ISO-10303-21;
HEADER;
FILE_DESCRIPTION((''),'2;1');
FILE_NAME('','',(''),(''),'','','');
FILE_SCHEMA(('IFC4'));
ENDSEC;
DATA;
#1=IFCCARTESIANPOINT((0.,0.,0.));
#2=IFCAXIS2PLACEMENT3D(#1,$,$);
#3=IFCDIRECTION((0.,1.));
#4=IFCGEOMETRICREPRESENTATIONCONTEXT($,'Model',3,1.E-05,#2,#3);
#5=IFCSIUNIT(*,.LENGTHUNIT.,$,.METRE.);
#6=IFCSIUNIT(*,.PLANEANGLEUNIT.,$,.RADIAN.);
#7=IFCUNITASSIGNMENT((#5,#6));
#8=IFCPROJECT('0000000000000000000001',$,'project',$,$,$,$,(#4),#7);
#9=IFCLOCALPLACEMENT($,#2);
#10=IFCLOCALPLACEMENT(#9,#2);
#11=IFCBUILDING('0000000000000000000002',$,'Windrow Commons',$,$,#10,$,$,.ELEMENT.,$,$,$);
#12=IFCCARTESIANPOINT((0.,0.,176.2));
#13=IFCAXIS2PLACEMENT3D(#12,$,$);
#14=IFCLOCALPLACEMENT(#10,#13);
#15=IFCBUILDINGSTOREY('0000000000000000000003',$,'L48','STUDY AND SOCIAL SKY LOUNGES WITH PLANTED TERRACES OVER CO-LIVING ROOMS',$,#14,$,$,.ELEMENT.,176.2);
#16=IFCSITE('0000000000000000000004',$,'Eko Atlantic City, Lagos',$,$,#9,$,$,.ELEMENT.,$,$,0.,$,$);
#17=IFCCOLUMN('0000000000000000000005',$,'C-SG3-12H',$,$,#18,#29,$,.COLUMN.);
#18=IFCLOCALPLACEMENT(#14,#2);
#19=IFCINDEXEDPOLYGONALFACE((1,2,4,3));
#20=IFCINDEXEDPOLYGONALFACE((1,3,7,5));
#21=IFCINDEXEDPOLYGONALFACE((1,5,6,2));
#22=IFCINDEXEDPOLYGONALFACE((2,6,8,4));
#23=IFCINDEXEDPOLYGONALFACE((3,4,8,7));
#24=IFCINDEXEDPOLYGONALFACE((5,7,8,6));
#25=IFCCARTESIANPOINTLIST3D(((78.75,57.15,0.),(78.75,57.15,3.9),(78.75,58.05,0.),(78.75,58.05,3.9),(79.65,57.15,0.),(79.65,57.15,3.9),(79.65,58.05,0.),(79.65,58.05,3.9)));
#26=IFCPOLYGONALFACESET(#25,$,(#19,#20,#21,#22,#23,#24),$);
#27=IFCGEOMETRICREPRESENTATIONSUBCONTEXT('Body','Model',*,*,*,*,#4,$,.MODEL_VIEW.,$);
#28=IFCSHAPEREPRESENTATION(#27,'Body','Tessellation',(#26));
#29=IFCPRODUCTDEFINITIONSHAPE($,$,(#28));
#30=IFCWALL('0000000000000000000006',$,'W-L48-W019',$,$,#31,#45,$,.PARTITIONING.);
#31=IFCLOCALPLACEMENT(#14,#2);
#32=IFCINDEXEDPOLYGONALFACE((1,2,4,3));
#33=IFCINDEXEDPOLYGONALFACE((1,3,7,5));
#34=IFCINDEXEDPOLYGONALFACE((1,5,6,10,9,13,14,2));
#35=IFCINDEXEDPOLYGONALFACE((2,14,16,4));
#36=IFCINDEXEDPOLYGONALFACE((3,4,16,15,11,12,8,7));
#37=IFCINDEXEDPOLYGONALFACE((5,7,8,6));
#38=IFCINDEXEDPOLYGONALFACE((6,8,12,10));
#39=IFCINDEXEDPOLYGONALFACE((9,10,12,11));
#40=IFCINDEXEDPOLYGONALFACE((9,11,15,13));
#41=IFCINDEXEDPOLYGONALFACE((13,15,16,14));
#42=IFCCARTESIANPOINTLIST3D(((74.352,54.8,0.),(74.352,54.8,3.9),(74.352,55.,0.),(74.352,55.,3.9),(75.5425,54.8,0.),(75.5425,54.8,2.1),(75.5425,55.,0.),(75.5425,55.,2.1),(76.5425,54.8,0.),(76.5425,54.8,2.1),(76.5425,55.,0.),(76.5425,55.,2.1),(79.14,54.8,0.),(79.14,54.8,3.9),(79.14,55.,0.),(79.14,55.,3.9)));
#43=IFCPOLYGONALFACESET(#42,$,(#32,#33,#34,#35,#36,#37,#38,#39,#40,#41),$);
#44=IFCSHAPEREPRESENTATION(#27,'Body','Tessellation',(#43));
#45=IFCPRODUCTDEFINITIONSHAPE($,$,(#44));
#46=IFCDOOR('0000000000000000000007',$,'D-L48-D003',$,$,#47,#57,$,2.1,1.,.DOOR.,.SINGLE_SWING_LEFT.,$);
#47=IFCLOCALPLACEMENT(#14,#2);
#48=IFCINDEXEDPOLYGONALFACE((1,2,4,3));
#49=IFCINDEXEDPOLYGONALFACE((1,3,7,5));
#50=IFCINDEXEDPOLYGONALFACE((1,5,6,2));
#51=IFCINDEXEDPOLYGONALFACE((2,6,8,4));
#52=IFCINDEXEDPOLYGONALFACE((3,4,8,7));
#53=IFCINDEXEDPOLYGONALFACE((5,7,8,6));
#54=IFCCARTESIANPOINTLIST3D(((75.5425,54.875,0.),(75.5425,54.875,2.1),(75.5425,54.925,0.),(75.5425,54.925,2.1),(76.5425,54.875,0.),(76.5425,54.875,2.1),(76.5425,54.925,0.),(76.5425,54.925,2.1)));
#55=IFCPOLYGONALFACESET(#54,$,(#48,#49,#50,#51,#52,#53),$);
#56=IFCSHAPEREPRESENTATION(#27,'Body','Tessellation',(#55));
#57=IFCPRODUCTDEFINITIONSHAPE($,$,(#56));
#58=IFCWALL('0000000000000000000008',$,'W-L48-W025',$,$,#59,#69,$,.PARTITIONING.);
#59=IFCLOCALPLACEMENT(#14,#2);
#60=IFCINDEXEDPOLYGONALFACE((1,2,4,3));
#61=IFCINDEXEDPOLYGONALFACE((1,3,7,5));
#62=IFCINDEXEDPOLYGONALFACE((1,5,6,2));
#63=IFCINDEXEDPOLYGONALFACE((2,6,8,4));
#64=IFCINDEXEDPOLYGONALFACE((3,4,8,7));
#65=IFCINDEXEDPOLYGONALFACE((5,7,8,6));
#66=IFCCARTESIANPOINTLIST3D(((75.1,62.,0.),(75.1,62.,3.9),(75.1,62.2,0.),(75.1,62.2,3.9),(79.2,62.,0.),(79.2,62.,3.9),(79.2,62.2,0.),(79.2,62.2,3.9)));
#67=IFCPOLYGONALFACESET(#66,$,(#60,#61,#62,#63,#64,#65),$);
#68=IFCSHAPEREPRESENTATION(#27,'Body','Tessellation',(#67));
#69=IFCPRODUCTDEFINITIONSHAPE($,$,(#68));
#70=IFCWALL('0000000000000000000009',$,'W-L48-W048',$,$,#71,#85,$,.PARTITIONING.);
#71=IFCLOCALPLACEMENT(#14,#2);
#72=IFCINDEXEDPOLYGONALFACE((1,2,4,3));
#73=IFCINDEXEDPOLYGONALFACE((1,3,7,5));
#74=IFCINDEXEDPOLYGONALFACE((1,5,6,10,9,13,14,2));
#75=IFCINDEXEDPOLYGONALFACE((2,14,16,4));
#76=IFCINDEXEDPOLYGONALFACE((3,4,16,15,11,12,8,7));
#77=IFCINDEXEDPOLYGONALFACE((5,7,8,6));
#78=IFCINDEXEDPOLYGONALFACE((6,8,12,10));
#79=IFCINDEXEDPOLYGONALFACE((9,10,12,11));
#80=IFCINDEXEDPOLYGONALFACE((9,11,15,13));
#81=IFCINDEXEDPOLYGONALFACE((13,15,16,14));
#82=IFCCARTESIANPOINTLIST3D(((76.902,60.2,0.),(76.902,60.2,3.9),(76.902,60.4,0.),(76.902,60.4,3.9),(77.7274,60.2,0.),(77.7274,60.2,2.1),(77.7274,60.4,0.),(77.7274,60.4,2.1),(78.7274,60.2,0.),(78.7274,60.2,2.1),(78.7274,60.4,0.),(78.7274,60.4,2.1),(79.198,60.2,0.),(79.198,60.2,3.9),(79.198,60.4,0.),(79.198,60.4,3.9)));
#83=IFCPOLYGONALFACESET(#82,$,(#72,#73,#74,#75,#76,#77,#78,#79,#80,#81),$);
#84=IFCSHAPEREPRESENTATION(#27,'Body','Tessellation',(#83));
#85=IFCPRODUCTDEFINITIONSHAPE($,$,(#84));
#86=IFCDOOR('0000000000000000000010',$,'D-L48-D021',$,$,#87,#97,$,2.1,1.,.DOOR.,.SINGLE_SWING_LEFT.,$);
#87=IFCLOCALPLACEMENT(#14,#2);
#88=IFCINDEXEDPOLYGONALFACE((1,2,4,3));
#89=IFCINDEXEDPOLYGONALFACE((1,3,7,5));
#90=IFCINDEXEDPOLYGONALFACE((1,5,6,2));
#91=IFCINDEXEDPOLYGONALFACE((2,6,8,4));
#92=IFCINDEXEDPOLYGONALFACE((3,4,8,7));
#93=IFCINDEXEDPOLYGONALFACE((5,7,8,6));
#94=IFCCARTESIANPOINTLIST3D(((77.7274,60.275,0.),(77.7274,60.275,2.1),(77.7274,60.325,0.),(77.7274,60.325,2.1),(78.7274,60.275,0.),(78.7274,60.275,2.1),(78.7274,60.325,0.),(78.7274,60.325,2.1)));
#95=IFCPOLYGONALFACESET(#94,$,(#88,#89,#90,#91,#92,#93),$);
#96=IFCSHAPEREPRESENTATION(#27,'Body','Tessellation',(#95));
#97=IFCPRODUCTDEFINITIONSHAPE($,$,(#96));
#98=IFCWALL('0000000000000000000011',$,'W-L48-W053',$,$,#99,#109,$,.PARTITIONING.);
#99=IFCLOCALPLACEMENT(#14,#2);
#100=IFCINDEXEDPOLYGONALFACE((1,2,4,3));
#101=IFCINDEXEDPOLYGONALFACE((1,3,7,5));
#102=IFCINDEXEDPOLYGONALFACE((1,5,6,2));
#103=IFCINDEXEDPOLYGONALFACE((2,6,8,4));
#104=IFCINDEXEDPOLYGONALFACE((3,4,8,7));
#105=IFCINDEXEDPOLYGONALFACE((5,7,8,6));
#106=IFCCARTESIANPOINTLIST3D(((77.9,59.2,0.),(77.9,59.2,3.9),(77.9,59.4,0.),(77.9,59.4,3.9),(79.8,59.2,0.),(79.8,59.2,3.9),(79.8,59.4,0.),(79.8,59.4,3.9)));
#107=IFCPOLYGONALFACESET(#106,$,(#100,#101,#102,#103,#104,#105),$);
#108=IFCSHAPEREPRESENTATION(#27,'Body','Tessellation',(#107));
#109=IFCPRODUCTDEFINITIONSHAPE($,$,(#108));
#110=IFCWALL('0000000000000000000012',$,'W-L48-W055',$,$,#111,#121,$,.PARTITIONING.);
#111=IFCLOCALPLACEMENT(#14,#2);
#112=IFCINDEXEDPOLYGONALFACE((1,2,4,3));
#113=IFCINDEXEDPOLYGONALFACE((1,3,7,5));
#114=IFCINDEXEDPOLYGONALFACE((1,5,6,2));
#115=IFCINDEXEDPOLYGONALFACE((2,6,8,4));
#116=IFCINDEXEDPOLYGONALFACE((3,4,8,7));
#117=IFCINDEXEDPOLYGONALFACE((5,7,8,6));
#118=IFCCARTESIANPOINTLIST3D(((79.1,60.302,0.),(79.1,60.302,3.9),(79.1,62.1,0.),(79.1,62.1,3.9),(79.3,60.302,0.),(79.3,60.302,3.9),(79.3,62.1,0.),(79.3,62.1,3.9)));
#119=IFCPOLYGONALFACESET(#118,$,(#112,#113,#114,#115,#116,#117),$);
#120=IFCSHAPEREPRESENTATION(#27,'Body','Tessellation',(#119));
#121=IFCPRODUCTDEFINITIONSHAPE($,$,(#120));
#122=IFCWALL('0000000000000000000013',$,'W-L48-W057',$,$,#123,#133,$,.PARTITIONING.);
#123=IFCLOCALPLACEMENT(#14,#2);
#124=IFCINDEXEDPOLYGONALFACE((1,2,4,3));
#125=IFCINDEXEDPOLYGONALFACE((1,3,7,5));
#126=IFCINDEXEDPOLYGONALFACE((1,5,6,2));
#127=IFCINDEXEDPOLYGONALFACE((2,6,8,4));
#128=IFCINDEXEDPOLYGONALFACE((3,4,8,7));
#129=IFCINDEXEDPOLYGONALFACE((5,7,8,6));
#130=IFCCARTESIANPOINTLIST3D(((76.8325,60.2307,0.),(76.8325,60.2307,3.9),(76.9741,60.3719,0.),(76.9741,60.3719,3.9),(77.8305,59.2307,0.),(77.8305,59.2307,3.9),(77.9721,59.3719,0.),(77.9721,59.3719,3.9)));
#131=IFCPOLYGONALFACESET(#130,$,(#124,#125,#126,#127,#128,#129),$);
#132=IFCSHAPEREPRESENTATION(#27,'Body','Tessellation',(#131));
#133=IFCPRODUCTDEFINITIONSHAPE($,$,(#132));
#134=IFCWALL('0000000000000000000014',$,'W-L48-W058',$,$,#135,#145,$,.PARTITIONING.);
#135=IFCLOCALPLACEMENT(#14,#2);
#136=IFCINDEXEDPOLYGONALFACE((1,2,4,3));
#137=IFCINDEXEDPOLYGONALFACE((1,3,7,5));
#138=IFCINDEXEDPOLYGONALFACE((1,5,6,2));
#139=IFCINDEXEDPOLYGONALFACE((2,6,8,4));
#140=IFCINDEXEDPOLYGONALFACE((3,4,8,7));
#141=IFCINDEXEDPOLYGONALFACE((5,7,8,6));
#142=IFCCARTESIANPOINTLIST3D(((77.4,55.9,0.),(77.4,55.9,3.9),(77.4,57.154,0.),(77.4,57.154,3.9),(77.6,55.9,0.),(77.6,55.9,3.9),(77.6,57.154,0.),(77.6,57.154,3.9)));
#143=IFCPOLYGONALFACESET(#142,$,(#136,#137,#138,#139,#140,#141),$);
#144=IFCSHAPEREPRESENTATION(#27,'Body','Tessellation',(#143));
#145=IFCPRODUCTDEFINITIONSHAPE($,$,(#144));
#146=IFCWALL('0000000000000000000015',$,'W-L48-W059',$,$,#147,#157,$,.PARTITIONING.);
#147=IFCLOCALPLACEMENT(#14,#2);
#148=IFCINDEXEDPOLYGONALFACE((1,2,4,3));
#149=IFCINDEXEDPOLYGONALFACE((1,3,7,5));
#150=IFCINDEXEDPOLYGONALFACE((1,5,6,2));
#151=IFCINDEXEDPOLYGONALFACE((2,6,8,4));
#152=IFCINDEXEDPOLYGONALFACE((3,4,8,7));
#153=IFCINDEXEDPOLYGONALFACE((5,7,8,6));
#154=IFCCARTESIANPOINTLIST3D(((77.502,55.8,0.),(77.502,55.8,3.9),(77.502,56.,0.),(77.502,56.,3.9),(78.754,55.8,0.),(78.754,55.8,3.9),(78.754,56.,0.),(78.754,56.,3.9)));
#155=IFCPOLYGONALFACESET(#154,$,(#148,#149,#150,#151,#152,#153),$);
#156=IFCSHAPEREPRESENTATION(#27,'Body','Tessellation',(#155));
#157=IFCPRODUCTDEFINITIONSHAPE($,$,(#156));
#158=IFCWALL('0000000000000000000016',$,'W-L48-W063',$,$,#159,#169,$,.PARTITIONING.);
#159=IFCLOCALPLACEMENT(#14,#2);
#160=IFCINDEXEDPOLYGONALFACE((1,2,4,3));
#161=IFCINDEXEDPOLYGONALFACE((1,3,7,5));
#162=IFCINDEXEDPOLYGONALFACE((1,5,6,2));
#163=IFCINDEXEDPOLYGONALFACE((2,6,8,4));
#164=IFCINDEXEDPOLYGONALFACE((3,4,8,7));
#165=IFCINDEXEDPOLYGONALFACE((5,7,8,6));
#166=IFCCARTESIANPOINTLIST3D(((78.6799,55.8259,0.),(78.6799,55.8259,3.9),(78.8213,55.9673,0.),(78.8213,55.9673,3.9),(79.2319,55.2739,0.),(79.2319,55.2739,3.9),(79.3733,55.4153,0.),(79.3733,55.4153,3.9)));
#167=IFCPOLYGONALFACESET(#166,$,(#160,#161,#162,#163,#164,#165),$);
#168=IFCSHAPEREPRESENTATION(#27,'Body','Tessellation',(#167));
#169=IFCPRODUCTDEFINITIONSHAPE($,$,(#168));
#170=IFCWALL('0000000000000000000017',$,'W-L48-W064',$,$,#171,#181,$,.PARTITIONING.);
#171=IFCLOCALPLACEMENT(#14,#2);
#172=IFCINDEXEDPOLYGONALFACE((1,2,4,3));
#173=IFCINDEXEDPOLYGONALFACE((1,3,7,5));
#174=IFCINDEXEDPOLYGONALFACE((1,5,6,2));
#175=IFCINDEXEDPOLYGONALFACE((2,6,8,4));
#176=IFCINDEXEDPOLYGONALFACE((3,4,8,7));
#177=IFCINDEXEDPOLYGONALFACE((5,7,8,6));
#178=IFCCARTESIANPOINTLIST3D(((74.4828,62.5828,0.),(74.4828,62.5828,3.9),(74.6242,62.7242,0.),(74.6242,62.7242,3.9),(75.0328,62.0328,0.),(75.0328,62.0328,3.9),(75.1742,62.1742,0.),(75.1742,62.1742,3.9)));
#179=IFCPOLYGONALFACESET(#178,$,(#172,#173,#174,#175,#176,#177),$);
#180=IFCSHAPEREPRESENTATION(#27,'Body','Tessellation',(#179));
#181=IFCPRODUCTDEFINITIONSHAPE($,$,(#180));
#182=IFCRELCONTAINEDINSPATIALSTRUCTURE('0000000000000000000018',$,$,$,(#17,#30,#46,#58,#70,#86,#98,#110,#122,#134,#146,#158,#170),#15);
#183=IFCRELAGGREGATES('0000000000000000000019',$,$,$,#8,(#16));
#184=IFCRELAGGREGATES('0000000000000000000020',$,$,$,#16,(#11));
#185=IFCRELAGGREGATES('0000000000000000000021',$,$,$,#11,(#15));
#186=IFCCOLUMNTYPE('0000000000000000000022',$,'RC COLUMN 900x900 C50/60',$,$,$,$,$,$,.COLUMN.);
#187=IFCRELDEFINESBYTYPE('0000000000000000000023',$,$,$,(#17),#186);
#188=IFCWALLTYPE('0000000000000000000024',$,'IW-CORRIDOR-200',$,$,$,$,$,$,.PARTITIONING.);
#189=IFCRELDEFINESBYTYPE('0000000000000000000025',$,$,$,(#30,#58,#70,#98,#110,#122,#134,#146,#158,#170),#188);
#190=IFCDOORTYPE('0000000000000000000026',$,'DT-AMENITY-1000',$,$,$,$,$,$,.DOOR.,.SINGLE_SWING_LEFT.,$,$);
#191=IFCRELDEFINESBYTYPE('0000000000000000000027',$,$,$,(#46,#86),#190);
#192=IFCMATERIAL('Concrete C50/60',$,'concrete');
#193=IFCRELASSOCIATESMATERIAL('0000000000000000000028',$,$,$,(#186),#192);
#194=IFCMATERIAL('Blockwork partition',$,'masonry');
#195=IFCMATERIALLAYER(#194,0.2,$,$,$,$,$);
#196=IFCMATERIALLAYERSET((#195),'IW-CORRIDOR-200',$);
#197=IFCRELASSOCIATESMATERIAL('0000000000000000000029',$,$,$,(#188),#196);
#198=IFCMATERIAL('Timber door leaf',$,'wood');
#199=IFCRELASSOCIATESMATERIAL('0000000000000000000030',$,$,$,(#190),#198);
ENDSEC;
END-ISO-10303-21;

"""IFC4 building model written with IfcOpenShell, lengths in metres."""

from ifc_helpers import new_model, si_unit, direction, frame, frame_2d, origin, origin_2d, place, context, subcontext, project, spatial, rectangle, extrude, material, layer, layer_set, material_profile, profile_set, type_object, element, fill, save


model = new_model("IFC4")

# Units and contexts
model_context = context("Model", 3, precision=1e-05, world=origin(), true_north=direction((0.0, 1.0)))
body_context = subcontext(model_context, "Body", "Model", "MODEL_VIEW")
ifc_project = project(units=[si_unit("LENGTHUNIT", "METRE"), si_unit("PLANEANGLEUNIT", "RADIAN")], contexts=[model_context])

# Site, building, storey
site_placement = place(None, origin())
site = spatial("IfcSite", under=ifc_project, at=site_placement, Name="Eko Atlantic City, Lagos", CompositionType="ELEMENT", RefElevation=0.0)
building_placement = place(site_placement, origin())
building = spatial("IfcBuilding", under=site, at=building_placement, Name="Windrow Commons", CompositionType="ELEMENT")
storey_placement = place(building_placement, frame((0.0, 0.0, 176.2)))
storey = spatial("IfcBuildingStorey", under=building, at=storey_placement, Name="L48", Description="STUDY AND SOCIAL SKY LOUNGES WITH PLANTED TERRACES OVER CO-LIVING ROOMS", CompositionType="ELEMENT", Elevation=176.2)

# Column
ifc_material_1 = material(Name="Concrete C50/60", Category="concrete")
ifc_material_profile = material_profile(ifc_material_1, rectangle(XDim=0.9, YDim=0.9, at=origin_2d()))
ifc_profile_set = profile_set([ifc_material_profile], Name="Concrete C50/60")
column_type = type_object("IfcColumnType", Name="RC COLUMN 900x900 C50/60", PredefinedType="COLUMN", material=ifc_profile_set)
column_placement = place(storey_placement, frame((79.2, 57.6, 0.0), z_axis=(0.0, 0.0, 1.0), x_axis=(1.0, 0.0, 0.0)))
element("IfcColumn", 1, at=column_placement, inside=storey, type_object=column_type, Name="C-SG3-12H", PredefinedType="COLUMN", context=body_context, shape_type="SweptSolid", body=[
    extrude(rectangle(XDim=0.9, YDim=0.9, at=origin_2d()), origin(), (0.0, 0.0, 1.0), 3.9),
])

# Wall, opening, door
ifc_material_2 = material(Name="Blockwork partition", Category="masonry")
ifc_layer_1 = layer(ifc_material_2, 0.2)
ifc_layer_set_1 = layer_set([ifc_layer_1], Name="IW-CORRIDOR-200")
wall_type_1 = type_object("IfcWallType", Name="IW-CORRIDOR-200", PredefinedType="PARTITIONING", material=ifc_layer_set_1)
wall_1_placement = place(storey_placement, frame((74.352, 54.9, 0.0), z_axis=(0.0, 0.0, 1.0), x_axis=(1.0, 0.0, 0.0)))
wall_1 = element("IfcWall", 2, at=wall_1_placement, inside=storey, type_object=wall_type_1, Name="W-L48-W019", PredefinedType="PARTITIONING", context=body_context, shape_type="SweptSolid", body=[
    extrude(rectangle(XDim=4.788, YDim=0.2, at=frame_2d((2.394, 0.0))), origin(), (0.0, 0.0, 1.0), 3.9),
])
opening_1_placement = place(wall_1_placement, frame((1.1905, 0.0, 0.0)))
opening_1 = element("IfcOpeningElement", 3, at=opening_1_placement, cuts=wall_1, PredefinedType="OPENING", context=body_context, shape_type="SweptSolid", body=[
    extrude(rectangle(XDim=1.0, YDim=2.1, at=frame_2d((0.5, 1.05))), frame((0.0, 0.11, 0.0), z_axis=(0.0, -1.0, 0.0), x_axis=(1.0, 0.0, 0.0)), (0.0, 0.0, 1.0), 0.22),
])
ifc_material_3 = material(Name="Timber door leaf", Category="wood")
door_type_1 = type_object("IfcDoorType", Name="DT-AMENITY-1000", OperationType="SINGLE_SWING_LEFT", PredefinedType="DOOR", material=ifc_material_3)
door_1_placement = place(opening_1_placement, origin())
door_1 = element("IfcDoor", 4, at=door_1_placement, inside=storey, type_object=door_type_1, Name="D-L48-D003", OperationType="SINGLE_SWING_LEFT", OverallHeight=2.1, OverallWidth=1.0, PredefinedType="DOOR", context=body_context, shape_type="SweptSolid", body=[
    extrude(rectangle(XDim=1.0, YDim=2.1, at=frame_2d((0.5, 1.05))), frame((0.0, 0.025, 0.0), z_axis=(0.0, -1.0, 0.0), x_axis=(1.0, 0.0, 0.0)), (0.0, 0.0, 1.0), 0.05),
])
fill(opening_1, door_1)

# Wall
wall_2_placement = place(storey_placement, frame((75.1, 62.1, 0.0), z_axis=(0.0, 0.0, 1.0), x_axis=(1.0, 0.0, 0.0)))
element("IfcWall", 5, at=wall_2_placement, inside=storey, type_object=wall_type_1, Name="W-L48-W025", PredefinedType="PARTITIONING", context=body_context, shape_type="SweptSolid", body=[
    extrude(rectangle(XDim=4.1, YDim=0.2, at=frame_2d((2.05, 0.0))), origin(), (0.0, 0.0, 1.0), 3.9),
])

# Wall, opening, door
wall_3_placement = place(storey_placement, frame((76.902, 60.3, 0.0), z_axis=(0.0, 0.0, 1.0), x_axis=(1.0, 0.0, 0.0)))
wall_3 = element("IfcWall", 6, at=wall_3_placement, inside=storey, type_object=wall_type_1, Name="W-L48-W048", PredefinedType="PARTITIONING", context=body_context, shape_type="SweptSolid", body=[
    extrude(rectangle(XDim=2.296, YDim=0.2, at=frame_2d((1.148, 0.0))), origin(), (0.0, 0.0, 1.0), 3.9),
])
opening_2_placement = place(wall_3_placement, frame((0.8254, 0.0, 0.0)))
opening_2 = element("IfcOpeningElement", 7, at=opening_2_placement, cuts=wall_3, PredefinedType="OPENING", context=body_context, shape_type="SweptSolid", body=[
    extrude(rectangle(XDim=1.0, YDim=2.1, at=frame_2d((0.5, 1.05))), frame((0.0, 0.11, 0.0), z_axis=(0.0, -1.0, 0.0), x_axis=(1.0, 0.0, 0.0)), (0.0, 0.0, 1.0), 0.22),
])
door_2_placement = place(opening_2_placement, origin())
door_2 = element("IfcDoor", 8, at=door_2_placement, inside=storey, type_object=door_type_1, Name="D-L48-D021", OperationType="SINGLE_SWING_LEFT", OverallHeight=2.1, OverallWidth=1.0, PredefinedType="DOOR", context=body_context, shape_type="SweptSolid", body=[
    extrude(rectangle(XDim=1.0, YDim=2.1, at=frame_2d((0.5, 1.05))), frame((0.0, 0.025, 0.0), z_axis=(0.0, -1.0, 0.0), x_axis=(1.0, 0.0, 0.0)), (0.0, 0.0, 1.0), 0.05),
])
fill(opening_2, door_2)

# Walls
wall_4_placement = place(storey_placement, frame((77.9, 59.3, 0.0), z_axis=(0.0, 0.0, 1.0), x_axis=(1.0, 0.0, 0.0)))
element("IfcWall", 9, at=wall_4_placement, inside=storey, type_object=wall_type_1, Name="W-L48-W053", PredefinedType="PARTITIONING", context=body_context, shape_type="SweptSolid", body=[
    extrude(rectangle(XDim=1.9, YDim=0.2, at=frame_2d((0.95, 0.0))), origin(), (0.0, 0.0, 1.0), 3.9),
])
wall_5_placement = place(storey_placement, frame((79.2, 60.302, 0.0), z_axis=(0.0, 0.0, 1.0), x_axis=(0.0, 1.0, 0.0)))
element("IfcWall", 10, at=wall_5_placement, inside=storey, type_object=wall_type_1, Name="W-L48-W055", PredefinedType="PARTITIONING", context=body_context, shape_type="SweptSolid", body=[
    extrude(rectangle(XDim=1.798, YDim=0.2, at=frame_2d((0.899, 0.0))), origin(), (0.0, 0.0, 1.0), 3.9),
])
wall_6_placement = place(storey_placement, frame((76.9033, 60.3013, 0.0), z_axis=(0.0, 0.0, 1.0), x_axis=(0.706399, -0.707814, 0.0)))
element("IfcWall", 11, at=wall_6_placement, inside=storey, type_object=wall_type_1, Name="W-L48-W057", PredefinedType="PARTITIONING", context=body_context, shape_type="SweptSolid", body=[
    extrude(rectangle(XDim=1.4128, YDim=0.2, at=frame_2d((0.7064, 0.0))), origin(), (0.0, 0.0, 1.0), 3.9),
])
wall_7_placement = place(storey_placement, frame((77.5, 55.9, 0.0), z_axis=(0.0, 0.0, 1.0), x_axis=(0.0, 1.0, 0.0)))
element("IfcWall", 12, at=wall_7_placement, inside=storey, type_object=wall_type_1, Name="W-L48-W058", PredefinedType="PARTITIONING", context=body_context, shape_type="SweptSolid", body=[
    extrude(rectangle(XDim=1.254, YDim=0.2, at=frame_2d((0.627, 0.0))), origin(), (0.0, 0.0, 1.0), 3.9),
])
wall_8_placement = place(storey_placement, frame((77.502, 55.9, 0.0), z_axis=(0.0, 0.0, 1.0), x_axis=(1.0, 0.0, 0.0)))
element("IfcWall", 13, at=wall_8_placement, inside=storey, type_object=wall_type_1, Name="W-L48-W059", PredefinedType="PARTITIONING", context=body_context, shape_type="SweptSolid", body=[
    extrude(rectangle(XDim=1.252, YDim=0.2, at=frame_2d((0.626, 0.0))), origin(), (0.0, 0.0, 1.0), 3.9),
])
wall_9_placement = place(storey_placement, frame((78.7506, 55.8966, 0.0), z_axis=(0.0, 0.0, 1.0), x_axis=(0.707107, -0.707107, 0.0)))
element("IfcWall", 14, at=wall_9_placement, inside=storey, type_object=wall_type_1, Name="W-L48-W063", PredefinedType="PARTITIONING", context=body_context, shape_type="SweptSolid", body=[
    extrude(rectangle(XDim=0.7806, YDim=0.2, at=frame_2d((0.3903, 0.0))), origin(), (0.0, 0.0, 1.0), 3.9),
])
wall_10_placement = place(storey_placement, frame((74.5535, 62.6535, 0.0), z_axis=(0.0, 0.0, 1.0), x_axis=(0.707107, -0.707107, 0.0)))
element("IfcWall", 15, at=wall_10_placement, inside=storey, type_object=wall_type_1, Name="W-L48-W064", PredefinedType="PARTITIONING", context=body_context, shape_type="SweptSolid", body=[
    extrude(rectangle(XDim=0.7778, YDim=0.2, at=frame_2d((0.3889, 0.0))), origin(), (0.0, 0.0, 1.0), 3.9),
])

save(model, "model.ifc")
